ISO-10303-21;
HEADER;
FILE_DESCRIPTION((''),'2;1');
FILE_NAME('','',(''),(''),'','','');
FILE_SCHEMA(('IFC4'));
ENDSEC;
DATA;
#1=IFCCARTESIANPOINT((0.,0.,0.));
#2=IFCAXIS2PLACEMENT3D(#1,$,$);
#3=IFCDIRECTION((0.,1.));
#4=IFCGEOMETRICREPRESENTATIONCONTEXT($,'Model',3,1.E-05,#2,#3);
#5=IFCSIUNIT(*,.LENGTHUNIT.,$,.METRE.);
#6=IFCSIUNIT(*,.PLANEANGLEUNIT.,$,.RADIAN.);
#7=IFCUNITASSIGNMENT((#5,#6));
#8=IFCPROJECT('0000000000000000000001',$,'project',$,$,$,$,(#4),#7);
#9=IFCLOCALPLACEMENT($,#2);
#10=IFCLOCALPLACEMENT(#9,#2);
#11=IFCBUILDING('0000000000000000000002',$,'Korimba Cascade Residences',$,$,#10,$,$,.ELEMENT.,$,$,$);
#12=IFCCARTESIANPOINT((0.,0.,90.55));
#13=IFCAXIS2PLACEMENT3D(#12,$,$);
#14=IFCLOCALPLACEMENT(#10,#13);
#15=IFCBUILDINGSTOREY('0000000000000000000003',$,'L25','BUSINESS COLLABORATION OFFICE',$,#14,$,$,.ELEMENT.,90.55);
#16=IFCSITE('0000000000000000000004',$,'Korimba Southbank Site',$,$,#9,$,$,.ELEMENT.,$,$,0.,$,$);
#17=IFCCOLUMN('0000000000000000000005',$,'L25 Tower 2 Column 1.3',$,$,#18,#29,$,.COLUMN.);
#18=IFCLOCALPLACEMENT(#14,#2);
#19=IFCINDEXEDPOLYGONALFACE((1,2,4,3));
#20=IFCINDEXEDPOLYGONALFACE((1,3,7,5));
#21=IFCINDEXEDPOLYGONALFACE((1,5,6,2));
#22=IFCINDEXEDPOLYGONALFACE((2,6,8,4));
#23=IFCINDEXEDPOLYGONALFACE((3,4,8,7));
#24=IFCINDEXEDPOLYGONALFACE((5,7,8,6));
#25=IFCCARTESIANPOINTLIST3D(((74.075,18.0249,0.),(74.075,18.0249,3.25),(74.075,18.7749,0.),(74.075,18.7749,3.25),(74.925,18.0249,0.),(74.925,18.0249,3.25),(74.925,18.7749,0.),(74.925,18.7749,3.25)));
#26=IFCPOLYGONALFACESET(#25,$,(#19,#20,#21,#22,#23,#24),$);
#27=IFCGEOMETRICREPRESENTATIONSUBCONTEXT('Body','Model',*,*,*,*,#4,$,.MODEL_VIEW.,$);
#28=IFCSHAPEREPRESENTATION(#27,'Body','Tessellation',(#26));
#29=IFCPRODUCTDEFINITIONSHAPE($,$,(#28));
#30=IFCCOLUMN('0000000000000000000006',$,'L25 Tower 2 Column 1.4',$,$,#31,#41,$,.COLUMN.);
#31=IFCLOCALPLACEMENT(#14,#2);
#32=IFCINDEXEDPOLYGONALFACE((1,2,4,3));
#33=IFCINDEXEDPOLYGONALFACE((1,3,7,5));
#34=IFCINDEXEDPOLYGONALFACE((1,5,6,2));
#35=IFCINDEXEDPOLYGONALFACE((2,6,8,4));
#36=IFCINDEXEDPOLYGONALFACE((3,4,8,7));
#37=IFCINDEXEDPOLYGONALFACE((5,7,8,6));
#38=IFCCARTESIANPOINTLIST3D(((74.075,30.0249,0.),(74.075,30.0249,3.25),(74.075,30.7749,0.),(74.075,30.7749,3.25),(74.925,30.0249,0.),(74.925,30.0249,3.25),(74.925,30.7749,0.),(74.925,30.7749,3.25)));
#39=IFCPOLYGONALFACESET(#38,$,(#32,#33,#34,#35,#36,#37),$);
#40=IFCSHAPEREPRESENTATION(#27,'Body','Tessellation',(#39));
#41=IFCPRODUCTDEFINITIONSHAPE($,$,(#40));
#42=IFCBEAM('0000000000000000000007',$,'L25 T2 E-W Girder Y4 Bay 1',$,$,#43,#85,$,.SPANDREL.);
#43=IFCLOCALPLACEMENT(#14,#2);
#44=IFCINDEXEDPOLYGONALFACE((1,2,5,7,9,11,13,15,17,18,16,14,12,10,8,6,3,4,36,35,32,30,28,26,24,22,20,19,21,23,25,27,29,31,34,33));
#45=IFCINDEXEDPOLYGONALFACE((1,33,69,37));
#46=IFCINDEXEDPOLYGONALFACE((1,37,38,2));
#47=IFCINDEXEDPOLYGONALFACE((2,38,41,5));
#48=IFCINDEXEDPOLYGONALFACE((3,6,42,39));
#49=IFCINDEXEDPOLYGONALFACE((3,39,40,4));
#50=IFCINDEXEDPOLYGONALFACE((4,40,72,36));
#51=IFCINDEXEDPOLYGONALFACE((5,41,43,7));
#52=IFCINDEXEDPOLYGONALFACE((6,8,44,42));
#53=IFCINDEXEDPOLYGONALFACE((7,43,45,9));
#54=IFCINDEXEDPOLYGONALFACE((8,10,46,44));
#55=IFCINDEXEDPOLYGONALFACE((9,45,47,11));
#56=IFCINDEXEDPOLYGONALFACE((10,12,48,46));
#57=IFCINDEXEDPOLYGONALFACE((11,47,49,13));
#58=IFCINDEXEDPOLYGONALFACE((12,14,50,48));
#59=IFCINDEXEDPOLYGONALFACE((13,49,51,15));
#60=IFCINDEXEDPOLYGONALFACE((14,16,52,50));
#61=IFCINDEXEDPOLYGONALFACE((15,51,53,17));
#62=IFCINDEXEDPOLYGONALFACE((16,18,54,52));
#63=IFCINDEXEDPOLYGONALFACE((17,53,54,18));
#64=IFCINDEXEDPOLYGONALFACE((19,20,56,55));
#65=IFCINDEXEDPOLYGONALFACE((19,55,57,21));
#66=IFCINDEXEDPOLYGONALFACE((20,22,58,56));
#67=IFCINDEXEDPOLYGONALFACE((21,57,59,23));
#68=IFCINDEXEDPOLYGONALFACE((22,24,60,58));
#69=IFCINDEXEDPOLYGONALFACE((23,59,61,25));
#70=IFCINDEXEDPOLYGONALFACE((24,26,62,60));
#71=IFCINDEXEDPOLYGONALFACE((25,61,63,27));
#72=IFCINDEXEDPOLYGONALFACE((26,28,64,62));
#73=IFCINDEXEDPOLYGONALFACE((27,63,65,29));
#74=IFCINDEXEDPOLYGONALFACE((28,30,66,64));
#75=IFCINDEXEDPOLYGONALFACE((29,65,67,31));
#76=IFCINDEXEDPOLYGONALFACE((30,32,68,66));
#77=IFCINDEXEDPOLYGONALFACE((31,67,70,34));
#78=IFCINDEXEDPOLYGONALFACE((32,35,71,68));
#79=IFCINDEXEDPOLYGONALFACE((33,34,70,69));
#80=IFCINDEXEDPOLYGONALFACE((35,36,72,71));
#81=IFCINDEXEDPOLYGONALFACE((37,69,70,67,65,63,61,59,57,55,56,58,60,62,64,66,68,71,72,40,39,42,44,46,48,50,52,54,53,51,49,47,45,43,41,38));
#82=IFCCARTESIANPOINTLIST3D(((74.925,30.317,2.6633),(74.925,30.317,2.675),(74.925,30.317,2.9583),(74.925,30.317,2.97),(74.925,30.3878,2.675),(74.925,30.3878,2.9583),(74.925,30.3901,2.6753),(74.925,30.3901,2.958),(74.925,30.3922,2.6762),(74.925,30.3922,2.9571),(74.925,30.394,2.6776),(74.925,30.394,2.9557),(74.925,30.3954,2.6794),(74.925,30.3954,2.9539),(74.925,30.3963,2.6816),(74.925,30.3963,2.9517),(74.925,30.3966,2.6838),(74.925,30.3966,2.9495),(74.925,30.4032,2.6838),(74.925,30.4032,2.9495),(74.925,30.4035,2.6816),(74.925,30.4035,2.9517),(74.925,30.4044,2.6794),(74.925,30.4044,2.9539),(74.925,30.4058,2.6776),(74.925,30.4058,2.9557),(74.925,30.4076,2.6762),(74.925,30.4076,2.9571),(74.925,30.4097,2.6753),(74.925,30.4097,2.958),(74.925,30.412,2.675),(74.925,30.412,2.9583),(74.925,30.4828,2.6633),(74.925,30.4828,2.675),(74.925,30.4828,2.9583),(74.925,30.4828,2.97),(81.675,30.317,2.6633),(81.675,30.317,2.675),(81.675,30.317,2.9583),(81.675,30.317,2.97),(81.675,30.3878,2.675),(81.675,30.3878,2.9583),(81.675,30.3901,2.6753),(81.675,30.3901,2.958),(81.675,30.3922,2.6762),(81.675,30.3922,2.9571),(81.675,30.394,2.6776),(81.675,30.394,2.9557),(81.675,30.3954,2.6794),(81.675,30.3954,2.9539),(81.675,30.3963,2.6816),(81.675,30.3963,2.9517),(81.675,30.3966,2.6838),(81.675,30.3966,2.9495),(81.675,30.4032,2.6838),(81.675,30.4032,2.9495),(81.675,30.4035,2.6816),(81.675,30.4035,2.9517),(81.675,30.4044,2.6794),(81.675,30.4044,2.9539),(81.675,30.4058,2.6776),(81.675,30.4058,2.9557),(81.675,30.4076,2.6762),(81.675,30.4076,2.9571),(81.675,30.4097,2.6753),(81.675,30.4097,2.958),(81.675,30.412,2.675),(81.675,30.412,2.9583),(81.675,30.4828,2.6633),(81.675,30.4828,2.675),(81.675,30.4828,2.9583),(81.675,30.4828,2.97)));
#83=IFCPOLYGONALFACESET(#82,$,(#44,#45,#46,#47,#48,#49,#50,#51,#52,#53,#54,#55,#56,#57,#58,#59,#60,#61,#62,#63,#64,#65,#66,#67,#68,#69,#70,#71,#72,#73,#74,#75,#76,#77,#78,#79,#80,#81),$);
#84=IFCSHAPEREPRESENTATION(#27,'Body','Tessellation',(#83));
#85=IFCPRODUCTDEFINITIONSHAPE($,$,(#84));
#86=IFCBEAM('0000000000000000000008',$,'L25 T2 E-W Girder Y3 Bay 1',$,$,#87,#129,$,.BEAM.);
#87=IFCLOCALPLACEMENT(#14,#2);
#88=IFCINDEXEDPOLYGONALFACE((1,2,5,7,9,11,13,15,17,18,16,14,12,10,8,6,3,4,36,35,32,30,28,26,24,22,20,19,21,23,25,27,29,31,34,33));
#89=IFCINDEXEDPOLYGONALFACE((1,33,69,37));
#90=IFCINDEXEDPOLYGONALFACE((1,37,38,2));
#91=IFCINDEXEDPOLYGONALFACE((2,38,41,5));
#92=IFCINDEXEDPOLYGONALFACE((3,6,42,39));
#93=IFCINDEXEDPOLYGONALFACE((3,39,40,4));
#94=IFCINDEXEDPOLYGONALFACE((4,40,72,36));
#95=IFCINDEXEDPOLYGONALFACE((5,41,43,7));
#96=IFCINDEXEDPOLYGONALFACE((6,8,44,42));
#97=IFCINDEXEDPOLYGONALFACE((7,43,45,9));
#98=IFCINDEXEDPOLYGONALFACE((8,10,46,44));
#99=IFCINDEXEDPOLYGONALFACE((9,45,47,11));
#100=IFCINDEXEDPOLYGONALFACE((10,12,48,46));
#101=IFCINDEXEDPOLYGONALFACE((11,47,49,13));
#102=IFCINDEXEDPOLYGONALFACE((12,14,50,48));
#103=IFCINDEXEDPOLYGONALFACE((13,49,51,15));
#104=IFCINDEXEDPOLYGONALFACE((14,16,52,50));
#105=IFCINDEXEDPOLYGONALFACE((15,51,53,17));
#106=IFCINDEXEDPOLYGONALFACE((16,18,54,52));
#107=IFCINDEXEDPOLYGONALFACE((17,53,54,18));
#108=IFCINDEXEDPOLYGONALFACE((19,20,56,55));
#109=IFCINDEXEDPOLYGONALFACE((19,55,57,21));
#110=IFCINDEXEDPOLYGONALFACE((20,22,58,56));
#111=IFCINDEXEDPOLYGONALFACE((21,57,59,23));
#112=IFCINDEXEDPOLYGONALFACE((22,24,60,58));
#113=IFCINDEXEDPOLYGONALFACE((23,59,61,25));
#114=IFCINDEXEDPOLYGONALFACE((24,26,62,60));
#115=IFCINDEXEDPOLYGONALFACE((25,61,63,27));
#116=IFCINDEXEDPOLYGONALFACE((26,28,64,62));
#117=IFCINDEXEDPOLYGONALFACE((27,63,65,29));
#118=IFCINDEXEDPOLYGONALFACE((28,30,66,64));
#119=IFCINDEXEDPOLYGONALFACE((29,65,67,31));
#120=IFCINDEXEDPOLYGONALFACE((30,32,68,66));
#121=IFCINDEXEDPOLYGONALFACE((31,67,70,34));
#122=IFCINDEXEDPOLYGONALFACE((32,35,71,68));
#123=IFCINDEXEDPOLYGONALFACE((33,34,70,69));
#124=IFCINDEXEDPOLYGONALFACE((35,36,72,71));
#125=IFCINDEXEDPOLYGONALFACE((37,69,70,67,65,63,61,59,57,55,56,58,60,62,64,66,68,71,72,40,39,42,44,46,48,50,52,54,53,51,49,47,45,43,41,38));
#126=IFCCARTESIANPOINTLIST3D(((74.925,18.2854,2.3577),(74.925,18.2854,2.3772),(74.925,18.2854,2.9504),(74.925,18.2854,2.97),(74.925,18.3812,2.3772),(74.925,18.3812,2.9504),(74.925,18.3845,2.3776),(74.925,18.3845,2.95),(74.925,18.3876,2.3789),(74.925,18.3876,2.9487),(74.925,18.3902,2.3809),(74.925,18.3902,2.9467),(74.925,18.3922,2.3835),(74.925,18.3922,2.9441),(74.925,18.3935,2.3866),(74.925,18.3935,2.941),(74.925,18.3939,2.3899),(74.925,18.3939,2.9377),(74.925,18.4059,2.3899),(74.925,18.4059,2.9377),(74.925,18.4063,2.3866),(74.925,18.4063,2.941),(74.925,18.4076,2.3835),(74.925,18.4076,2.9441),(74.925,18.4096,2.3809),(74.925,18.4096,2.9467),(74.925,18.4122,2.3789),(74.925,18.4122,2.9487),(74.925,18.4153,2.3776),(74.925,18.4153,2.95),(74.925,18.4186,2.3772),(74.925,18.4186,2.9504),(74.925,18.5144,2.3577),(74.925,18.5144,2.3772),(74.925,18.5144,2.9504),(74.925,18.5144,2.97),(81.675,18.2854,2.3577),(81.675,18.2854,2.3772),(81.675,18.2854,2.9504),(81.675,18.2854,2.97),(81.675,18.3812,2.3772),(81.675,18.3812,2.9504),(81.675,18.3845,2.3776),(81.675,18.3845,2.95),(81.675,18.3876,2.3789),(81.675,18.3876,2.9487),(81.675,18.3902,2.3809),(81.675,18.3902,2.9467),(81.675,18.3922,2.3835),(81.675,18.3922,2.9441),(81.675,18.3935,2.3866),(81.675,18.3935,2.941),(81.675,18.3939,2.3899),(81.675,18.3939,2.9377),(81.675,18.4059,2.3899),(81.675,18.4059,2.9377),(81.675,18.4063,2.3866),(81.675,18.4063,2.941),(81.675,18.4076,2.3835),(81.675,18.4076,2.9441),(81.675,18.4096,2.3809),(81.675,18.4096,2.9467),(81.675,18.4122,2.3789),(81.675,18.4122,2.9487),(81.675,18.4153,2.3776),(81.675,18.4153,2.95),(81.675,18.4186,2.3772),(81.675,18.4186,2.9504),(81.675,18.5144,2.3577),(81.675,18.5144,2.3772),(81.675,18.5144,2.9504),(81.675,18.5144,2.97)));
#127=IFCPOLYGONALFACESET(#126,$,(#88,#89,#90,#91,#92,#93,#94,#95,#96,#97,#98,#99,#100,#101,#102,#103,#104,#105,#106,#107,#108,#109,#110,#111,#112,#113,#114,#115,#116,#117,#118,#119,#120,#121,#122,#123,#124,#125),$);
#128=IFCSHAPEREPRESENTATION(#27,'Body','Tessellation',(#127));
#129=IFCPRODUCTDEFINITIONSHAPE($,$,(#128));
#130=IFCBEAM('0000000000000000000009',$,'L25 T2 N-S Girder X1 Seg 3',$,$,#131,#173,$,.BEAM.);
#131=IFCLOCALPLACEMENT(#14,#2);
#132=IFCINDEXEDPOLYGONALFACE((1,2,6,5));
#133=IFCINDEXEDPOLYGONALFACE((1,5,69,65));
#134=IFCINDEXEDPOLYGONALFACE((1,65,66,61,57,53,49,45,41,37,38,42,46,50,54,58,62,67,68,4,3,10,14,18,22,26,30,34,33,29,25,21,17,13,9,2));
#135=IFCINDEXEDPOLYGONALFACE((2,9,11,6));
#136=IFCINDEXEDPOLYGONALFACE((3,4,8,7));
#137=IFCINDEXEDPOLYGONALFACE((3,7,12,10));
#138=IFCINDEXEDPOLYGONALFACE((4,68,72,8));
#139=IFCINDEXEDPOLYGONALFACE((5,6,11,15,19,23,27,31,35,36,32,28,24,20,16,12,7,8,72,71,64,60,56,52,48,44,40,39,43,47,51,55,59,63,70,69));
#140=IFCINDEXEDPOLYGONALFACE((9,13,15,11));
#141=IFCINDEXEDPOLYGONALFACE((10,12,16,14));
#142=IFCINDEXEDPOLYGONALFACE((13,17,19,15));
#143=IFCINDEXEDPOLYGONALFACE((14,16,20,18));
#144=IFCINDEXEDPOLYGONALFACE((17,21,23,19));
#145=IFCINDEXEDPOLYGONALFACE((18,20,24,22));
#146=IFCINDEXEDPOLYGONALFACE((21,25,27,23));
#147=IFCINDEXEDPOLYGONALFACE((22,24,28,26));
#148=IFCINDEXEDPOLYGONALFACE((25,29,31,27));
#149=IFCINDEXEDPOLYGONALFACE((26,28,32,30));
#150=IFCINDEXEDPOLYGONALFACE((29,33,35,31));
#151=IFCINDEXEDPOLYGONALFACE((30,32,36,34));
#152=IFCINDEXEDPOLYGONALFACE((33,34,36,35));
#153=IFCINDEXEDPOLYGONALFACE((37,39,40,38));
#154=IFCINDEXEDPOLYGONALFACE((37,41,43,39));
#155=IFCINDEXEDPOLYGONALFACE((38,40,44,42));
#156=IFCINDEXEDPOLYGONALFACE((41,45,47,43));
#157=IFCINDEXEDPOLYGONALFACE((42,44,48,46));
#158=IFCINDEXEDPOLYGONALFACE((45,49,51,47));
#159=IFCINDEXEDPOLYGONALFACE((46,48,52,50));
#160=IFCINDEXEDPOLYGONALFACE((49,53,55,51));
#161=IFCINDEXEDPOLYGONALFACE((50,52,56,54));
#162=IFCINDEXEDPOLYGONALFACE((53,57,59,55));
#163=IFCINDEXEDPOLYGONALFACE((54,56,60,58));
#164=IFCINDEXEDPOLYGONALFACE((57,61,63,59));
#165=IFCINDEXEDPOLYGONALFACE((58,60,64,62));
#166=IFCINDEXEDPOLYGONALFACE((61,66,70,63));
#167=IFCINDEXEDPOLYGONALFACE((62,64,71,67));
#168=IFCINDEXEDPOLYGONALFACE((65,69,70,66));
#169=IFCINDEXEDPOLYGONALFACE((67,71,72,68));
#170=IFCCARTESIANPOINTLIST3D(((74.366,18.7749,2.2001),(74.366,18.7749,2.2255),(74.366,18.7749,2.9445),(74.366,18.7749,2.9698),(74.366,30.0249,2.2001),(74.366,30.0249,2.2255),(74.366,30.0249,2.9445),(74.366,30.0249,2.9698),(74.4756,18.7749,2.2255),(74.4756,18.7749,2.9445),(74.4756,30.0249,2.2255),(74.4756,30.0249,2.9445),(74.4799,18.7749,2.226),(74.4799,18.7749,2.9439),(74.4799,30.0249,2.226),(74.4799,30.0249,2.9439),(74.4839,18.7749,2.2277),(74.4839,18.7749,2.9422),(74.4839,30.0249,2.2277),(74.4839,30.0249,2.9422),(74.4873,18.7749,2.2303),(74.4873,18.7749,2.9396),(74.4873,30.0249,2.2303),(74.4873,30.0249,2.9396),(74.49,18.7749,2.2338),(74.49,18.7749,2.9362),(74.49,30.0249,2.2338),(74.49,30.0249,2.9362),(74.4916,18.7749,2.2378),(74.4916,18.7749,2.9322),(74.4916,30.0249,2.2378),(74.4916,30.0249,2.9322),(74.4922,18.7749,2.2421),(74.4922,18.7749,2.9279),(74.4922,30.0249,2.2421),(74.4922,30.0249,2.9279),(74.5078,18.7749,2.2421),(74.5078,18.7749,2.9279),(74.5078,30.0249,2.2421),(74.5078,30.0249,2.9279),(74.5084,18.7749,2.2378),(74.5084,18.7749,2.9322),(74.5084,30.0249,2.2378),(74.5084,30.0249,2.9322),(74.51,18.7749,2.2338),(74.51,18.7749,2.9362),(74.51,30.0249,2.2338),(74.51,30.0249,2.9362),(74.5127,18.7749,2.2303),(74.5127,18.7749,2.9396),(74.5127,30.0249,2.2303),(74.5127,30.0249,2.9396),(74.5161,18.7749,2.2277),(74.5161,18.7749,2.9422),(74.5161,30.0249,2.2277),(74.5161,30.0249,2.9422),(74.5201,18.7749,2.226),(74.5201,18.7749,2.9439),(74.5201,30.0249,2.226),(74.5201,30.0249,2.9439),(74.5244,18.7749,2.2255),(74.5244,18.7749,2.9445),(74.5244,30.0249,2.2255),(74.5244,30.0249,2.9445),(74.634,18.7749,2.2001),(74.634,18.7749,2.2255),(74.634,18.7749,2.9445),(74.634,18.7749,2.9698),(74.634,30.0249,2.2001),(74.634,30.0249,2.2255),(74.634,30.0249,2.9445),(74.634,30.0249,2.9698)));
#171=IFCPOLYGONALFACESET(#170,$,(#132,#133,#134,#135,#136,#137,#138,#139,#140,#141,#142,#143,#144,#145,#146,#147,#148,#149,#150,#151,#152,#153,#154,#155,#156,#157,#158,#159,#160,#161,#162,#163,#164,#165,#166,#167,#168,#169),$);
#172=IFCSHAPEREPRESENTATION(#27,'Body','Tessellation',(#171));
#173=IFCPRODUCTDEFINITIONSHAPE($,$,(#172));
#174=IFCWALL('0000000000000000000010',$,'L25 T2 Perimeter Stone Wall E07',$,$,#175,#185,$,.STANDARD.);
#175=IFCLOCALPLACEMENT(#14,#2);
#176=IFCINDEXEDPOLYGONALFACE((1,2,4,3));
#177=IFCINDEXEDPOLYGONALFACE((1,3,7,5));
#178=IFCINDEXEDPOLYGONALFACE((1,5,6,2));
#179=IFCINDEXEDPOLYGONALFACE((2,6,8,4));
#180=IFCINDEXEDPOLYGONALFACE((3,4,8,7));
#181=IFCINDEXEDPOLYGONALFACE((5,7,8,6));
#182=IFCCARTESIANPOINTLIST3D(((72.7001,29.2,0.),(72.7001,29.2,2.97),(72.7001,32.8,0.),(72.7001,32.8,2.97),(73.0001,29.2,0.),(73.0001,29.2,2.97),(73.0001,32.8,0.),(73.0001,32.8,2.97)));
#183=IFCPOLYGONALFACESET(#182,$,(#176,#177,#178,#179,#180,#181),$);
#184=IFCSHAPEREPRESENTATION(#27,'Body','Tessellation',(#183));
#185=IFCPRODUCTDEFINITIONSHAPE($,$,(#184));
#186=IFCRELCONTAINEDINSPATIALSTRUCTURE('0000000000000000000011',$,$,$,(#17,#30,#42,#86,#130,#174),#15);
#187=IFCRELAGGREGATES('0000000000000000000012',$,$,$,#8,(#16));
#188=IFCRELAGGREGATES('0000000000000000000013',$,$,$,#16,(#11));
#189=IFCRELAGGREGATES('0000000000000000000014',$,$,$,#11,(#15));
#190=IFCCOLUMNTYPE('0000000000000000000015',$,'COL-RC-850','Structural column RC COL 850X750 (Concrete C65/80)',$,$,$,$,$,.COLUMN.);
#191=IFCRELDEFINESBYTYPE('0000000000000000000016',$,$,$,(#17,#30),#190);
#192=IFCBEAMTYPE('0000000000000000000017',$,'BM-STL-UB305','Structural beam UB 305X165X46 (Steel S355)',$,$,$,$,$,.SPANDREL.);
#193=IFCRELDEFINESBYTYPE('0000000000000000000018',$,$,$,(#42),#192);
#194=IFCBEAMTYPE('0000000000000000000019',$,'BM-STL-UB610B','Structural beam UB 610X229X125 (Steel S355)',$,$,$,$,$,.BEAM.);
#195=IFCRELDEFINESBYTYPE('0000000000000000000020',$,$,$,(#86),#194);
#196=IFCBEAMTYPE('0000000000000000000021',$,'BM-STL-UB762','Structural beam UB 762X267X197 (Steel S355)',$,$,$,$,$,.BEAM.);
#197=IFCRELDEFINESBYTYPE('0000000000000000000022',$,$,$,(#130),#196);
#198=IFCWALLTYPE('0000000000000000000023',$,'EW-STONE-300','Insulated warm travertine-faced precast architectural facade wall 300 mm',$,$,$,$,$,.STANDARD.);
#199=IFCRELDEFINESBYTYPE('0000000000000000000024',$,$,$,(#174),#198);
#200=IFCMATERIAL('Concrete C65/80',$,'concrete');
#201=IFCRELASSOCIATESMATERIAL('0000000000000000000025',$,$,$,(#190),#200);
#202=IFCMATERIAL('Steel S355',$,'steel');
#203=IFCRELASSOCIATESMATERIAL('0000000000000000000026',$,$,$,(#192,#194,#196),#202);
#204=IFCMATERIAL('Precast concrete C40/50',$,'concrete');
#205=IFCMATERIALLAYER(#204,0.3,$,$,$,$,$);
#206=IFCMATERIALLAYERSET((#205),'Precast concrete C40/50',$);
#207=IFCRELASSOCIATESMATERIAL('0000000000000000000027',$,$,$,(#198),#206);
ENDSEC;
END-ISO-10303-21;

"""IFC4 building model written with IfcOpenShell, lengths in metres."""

from ifc_helpers import new_model, si_unit, direction, frame, frame_2d, origin, origin_2d, place, context, subcontext, project, spatial, rectangle, i_section, extrude, material, layer, layer_set, material_profile, profile_set, type_object, element, save


model = new_model("IFC4")

# Units and contexts
model_context = context("Model", 3, precision=1e-05, world=origin(), true_north=direction((0.0, 1.0)))
body_context = subcontext(model_context, "Body", "Model", "MODEL_VIEW")
ifc_project = project(units=[si_unit("LENGTHUNIT", "METRE"), si_unit("PLANEANGLEUNIT", "RADIAN")], contexts=[model_context])

# Site, building, storey
site_placement = place(None, origin())
site = spatial("IfcSite", under=ifc_project, at=site_placement, Name="Korimba Southbank Site", CompositionType="ELEMENT", RefElevation=0.0)
building_placement = place(site_placement, origin())
building = spatial("IfcBuilding", under=site, at=building_placement, Name="Korimba Cascade Residences", CompositionType="ELEMENT")
storey_placement = place(building_placement, frame((0.0, 0.0, 90.55)))
storey = spatial("IfcBuildingStorey", under=building, at=storey_placement, Name="L25", Description="BUSINESS COLLABORATION OFFICE", CompositionType="ELEMENT", Elevation=90.55)

# Columns
ifc_material_1 = material(Name="Concrete C65/80", Category="concrete")
ifc_material_profile_1 = material_profile(ifc_material_1, rectangle(XDim=0.8501, YDim=0.75, at=origin_2d()), Name="Concrete C65/80")
ifc_profile_set_1 = profile_set([ifc_material_profile_1], Name="Concrete C65/80")
column_type = type_object("IfcColumnType", Name="COL-RC-850", Description="Structural column RC COL 850X750 (Concrete C65/80)", PredefinedType="COLUMN", material=ifc_profile_set_1)
for number, where, z_axis, x_axis, name in (
    (1, (74.5, 18.3999, 0.0), (0.0, 0.0, 1.0), (1.0, 0.0, 0.0), "L25 Tower 2 Column 1.3"),
    (2, (74.5, 30.3999, 0.0), (0.0, 0.0, 1.0), (1.0, 0.0, 0.0), "L25 Tower 2 Column 1.4"),
):
    element("IfcColumn", number, at=place(storey_placement, frame(where, z_axis=z_axis, x_axis=x_axis)), inside=storey, type_object=column_type, Name=name, PredefinedType="COLUMN", context=body_context, shape_type="SweptSolid", body=[
        extrude(rectangle(XDim=0.8501, YDim=0.75, at=origin_2d()), origin(), (0.0, 0.0, 1.0), 3.25),
    ])

# Beams
ifc_material_2 = material(Name="Steel S355", Category="steel")
ifc_material_profile_2 = material_profile(ifc_material_2, i_section(OverallWidth=0.1658, OverallDepth=0.3066, WebThickness=0.0066, FlangeThickness=0.0117, FilletRadius=0.0088, at=origin_2d()), Name="Steel S355")
ifc_profile_set_2 = profile_set([ifc_material_profile_2], Name="Steel S355")
beam_type_1 = type_object("IfcBeamType", Name="BM-STL-UB305", Description="Structural beam UB 305X165X46 (Steel S355)", PredefinedType="SPANDREL", material=ifc_profile_set_2)
beam_1_placement = place(storey_placement, frame((74.925, 30.3999, 2.8167), z_axis=(1.0, 0.0, 0.0), x_axis=(0.0, 1.0, 0.0)))
element("IfcBeam", 3, at=beam_1_placement, inside=storey, type_object=beam_type_1, Name="L25 T2 E-W Girder Y4 Bay 1", PredefinedType="SPANDREL", context=body_context, shape_type="SweptSolid", body=[
    extrude(i_section(OverallWidth=0.1658, OverallDepth=0.3066, WebThickness=0.0066, FlangeThickness=0.0117, FilletRadius=0.0088, at=origin_2d()), origin(), (0.0, 0.0, 1.0), 6.75),
])
ifc_material_profile_3 = material_profile(ifc_material_2, i_section(OverallWidth=0.229, OverallDepth=0.6123, WebThickness=0.012, FlangeThickness=0.0195, FilletRadius=0.0127, at=origin_2d()), Name="Steel S355")
ifc_profile_set_3 = profile_set([ifc_material_profile_3], Name="Steel S355")
beam_type_2 = type_object("IfcBeamType", Name="BM-STL-UB610B", Description="Structural beam UB 610X229X125 (Steel S355)", PredefinedType="BEAM", material=ifc_profile_set_3)
beam_2_placement = place(storey_placement, frame((74.925, 18.3999, 2.6638), z_axis=(1.0, 0.0, 0.0), x_axis=(0.0, 1.0, 0.0)))
element("IfcBeam", 4, at=beam_2_placement, inside=storey, type_object=beam_type_2, Name="L25 T2 E-W Girder Y3 Bay 1", PredefinedType="BEAM", context=body_context, shape_type="SweptSolid", body=[
    extrude(i_section(OverallWidth=0.229, OverallDepth=0.6123, WebThickness=0.012, FlangeThickness=0.0195, FilletRadius=0.0127, at=origin_2d()), origin(), (0.0, 0.0, 1.0), 6.75),
])
ifc_material_profile_4 = material_profile(ifc_material_2, i_section(OverallWidth=0.2681, OverallDepth=0.7698, WebThickness=0.0156, FlangeThickness=0.0254, FilletRadius=0.0166, at=origin_2d()), Name="Steel S355")
ifc_profile_set_4 = profile_set([ifc_material_profile_4], Name="Steel S355")
beam_type_3 = type_object("IfcBeamType", Name="BM-STL-UB762", Description="Structural beam UB 762X267X197 (Steel S355)", PredefinedType="BEAM", material=ifc_profile_set_4)
beam_3_placement = place(storey_placement, frame((74.5, 18.7749, 2.585), z_axis=(0.0, 1.0, 0.0), x_axis=(-1.0, 0.0, 0.0)))
element("IfcBeam", 5, at=beam_3_placement, inside=storey, type_object=beam_type_3, Name="L25 T2 N-S Girder X1 Seg 3", PredefinedType="BEAM", context=body_context, shape_type="SweptSolid", body=[
    extrude(i_section(OverallWidth=0.2681, OverallDepth=0.7698, WebThickness=0.0156, FlangeThickness=0.0254, FilletRadius=0.0166, at=origin_2d()), origin(), (0.0, 0.0, 1.0), 11.25),
])

# Wall
ifc_material_3 = material(Name="Precast concrete C40/50", Category="concrete")
ifc_layer_1 = layer(ifc_material_3, 0.3)
ifc_layer_set_1 = layer_set([ifc_layer_1], Name="Precast concrete C40/50")
wall_type_1 = type_object("IfcWallType", Name="EW-STONE-300", Description="Insulated warm travertine-faced precast architectural facade wall 300 mm", PredefinedType="STANDARD", material=ifc_layer_set_1)
wall_1_placement = place(storey_placement, frame((72.8501, 32.8, 0.0), z_axis=(0.0, 0.0, 1.0), x_axis=(0.0, -1.0, 0.0)))
element("IfcWall", 6, at=wall_1_placement, inside=storey, type_object=wall_type_1, Name="L25 T2 Perimeter Stone Wall E07", PredefinedType="STANDARD", context=body_context, shape_type="SweptSolid", body=[
    extrude(rectangle(XDim=3.6001, YDim=0.3, at=frame_2d((1.8, 0.0))), origin(), (0.0, 0.0, 1.0), 2.97),
])

save(model, "model.ifc")
